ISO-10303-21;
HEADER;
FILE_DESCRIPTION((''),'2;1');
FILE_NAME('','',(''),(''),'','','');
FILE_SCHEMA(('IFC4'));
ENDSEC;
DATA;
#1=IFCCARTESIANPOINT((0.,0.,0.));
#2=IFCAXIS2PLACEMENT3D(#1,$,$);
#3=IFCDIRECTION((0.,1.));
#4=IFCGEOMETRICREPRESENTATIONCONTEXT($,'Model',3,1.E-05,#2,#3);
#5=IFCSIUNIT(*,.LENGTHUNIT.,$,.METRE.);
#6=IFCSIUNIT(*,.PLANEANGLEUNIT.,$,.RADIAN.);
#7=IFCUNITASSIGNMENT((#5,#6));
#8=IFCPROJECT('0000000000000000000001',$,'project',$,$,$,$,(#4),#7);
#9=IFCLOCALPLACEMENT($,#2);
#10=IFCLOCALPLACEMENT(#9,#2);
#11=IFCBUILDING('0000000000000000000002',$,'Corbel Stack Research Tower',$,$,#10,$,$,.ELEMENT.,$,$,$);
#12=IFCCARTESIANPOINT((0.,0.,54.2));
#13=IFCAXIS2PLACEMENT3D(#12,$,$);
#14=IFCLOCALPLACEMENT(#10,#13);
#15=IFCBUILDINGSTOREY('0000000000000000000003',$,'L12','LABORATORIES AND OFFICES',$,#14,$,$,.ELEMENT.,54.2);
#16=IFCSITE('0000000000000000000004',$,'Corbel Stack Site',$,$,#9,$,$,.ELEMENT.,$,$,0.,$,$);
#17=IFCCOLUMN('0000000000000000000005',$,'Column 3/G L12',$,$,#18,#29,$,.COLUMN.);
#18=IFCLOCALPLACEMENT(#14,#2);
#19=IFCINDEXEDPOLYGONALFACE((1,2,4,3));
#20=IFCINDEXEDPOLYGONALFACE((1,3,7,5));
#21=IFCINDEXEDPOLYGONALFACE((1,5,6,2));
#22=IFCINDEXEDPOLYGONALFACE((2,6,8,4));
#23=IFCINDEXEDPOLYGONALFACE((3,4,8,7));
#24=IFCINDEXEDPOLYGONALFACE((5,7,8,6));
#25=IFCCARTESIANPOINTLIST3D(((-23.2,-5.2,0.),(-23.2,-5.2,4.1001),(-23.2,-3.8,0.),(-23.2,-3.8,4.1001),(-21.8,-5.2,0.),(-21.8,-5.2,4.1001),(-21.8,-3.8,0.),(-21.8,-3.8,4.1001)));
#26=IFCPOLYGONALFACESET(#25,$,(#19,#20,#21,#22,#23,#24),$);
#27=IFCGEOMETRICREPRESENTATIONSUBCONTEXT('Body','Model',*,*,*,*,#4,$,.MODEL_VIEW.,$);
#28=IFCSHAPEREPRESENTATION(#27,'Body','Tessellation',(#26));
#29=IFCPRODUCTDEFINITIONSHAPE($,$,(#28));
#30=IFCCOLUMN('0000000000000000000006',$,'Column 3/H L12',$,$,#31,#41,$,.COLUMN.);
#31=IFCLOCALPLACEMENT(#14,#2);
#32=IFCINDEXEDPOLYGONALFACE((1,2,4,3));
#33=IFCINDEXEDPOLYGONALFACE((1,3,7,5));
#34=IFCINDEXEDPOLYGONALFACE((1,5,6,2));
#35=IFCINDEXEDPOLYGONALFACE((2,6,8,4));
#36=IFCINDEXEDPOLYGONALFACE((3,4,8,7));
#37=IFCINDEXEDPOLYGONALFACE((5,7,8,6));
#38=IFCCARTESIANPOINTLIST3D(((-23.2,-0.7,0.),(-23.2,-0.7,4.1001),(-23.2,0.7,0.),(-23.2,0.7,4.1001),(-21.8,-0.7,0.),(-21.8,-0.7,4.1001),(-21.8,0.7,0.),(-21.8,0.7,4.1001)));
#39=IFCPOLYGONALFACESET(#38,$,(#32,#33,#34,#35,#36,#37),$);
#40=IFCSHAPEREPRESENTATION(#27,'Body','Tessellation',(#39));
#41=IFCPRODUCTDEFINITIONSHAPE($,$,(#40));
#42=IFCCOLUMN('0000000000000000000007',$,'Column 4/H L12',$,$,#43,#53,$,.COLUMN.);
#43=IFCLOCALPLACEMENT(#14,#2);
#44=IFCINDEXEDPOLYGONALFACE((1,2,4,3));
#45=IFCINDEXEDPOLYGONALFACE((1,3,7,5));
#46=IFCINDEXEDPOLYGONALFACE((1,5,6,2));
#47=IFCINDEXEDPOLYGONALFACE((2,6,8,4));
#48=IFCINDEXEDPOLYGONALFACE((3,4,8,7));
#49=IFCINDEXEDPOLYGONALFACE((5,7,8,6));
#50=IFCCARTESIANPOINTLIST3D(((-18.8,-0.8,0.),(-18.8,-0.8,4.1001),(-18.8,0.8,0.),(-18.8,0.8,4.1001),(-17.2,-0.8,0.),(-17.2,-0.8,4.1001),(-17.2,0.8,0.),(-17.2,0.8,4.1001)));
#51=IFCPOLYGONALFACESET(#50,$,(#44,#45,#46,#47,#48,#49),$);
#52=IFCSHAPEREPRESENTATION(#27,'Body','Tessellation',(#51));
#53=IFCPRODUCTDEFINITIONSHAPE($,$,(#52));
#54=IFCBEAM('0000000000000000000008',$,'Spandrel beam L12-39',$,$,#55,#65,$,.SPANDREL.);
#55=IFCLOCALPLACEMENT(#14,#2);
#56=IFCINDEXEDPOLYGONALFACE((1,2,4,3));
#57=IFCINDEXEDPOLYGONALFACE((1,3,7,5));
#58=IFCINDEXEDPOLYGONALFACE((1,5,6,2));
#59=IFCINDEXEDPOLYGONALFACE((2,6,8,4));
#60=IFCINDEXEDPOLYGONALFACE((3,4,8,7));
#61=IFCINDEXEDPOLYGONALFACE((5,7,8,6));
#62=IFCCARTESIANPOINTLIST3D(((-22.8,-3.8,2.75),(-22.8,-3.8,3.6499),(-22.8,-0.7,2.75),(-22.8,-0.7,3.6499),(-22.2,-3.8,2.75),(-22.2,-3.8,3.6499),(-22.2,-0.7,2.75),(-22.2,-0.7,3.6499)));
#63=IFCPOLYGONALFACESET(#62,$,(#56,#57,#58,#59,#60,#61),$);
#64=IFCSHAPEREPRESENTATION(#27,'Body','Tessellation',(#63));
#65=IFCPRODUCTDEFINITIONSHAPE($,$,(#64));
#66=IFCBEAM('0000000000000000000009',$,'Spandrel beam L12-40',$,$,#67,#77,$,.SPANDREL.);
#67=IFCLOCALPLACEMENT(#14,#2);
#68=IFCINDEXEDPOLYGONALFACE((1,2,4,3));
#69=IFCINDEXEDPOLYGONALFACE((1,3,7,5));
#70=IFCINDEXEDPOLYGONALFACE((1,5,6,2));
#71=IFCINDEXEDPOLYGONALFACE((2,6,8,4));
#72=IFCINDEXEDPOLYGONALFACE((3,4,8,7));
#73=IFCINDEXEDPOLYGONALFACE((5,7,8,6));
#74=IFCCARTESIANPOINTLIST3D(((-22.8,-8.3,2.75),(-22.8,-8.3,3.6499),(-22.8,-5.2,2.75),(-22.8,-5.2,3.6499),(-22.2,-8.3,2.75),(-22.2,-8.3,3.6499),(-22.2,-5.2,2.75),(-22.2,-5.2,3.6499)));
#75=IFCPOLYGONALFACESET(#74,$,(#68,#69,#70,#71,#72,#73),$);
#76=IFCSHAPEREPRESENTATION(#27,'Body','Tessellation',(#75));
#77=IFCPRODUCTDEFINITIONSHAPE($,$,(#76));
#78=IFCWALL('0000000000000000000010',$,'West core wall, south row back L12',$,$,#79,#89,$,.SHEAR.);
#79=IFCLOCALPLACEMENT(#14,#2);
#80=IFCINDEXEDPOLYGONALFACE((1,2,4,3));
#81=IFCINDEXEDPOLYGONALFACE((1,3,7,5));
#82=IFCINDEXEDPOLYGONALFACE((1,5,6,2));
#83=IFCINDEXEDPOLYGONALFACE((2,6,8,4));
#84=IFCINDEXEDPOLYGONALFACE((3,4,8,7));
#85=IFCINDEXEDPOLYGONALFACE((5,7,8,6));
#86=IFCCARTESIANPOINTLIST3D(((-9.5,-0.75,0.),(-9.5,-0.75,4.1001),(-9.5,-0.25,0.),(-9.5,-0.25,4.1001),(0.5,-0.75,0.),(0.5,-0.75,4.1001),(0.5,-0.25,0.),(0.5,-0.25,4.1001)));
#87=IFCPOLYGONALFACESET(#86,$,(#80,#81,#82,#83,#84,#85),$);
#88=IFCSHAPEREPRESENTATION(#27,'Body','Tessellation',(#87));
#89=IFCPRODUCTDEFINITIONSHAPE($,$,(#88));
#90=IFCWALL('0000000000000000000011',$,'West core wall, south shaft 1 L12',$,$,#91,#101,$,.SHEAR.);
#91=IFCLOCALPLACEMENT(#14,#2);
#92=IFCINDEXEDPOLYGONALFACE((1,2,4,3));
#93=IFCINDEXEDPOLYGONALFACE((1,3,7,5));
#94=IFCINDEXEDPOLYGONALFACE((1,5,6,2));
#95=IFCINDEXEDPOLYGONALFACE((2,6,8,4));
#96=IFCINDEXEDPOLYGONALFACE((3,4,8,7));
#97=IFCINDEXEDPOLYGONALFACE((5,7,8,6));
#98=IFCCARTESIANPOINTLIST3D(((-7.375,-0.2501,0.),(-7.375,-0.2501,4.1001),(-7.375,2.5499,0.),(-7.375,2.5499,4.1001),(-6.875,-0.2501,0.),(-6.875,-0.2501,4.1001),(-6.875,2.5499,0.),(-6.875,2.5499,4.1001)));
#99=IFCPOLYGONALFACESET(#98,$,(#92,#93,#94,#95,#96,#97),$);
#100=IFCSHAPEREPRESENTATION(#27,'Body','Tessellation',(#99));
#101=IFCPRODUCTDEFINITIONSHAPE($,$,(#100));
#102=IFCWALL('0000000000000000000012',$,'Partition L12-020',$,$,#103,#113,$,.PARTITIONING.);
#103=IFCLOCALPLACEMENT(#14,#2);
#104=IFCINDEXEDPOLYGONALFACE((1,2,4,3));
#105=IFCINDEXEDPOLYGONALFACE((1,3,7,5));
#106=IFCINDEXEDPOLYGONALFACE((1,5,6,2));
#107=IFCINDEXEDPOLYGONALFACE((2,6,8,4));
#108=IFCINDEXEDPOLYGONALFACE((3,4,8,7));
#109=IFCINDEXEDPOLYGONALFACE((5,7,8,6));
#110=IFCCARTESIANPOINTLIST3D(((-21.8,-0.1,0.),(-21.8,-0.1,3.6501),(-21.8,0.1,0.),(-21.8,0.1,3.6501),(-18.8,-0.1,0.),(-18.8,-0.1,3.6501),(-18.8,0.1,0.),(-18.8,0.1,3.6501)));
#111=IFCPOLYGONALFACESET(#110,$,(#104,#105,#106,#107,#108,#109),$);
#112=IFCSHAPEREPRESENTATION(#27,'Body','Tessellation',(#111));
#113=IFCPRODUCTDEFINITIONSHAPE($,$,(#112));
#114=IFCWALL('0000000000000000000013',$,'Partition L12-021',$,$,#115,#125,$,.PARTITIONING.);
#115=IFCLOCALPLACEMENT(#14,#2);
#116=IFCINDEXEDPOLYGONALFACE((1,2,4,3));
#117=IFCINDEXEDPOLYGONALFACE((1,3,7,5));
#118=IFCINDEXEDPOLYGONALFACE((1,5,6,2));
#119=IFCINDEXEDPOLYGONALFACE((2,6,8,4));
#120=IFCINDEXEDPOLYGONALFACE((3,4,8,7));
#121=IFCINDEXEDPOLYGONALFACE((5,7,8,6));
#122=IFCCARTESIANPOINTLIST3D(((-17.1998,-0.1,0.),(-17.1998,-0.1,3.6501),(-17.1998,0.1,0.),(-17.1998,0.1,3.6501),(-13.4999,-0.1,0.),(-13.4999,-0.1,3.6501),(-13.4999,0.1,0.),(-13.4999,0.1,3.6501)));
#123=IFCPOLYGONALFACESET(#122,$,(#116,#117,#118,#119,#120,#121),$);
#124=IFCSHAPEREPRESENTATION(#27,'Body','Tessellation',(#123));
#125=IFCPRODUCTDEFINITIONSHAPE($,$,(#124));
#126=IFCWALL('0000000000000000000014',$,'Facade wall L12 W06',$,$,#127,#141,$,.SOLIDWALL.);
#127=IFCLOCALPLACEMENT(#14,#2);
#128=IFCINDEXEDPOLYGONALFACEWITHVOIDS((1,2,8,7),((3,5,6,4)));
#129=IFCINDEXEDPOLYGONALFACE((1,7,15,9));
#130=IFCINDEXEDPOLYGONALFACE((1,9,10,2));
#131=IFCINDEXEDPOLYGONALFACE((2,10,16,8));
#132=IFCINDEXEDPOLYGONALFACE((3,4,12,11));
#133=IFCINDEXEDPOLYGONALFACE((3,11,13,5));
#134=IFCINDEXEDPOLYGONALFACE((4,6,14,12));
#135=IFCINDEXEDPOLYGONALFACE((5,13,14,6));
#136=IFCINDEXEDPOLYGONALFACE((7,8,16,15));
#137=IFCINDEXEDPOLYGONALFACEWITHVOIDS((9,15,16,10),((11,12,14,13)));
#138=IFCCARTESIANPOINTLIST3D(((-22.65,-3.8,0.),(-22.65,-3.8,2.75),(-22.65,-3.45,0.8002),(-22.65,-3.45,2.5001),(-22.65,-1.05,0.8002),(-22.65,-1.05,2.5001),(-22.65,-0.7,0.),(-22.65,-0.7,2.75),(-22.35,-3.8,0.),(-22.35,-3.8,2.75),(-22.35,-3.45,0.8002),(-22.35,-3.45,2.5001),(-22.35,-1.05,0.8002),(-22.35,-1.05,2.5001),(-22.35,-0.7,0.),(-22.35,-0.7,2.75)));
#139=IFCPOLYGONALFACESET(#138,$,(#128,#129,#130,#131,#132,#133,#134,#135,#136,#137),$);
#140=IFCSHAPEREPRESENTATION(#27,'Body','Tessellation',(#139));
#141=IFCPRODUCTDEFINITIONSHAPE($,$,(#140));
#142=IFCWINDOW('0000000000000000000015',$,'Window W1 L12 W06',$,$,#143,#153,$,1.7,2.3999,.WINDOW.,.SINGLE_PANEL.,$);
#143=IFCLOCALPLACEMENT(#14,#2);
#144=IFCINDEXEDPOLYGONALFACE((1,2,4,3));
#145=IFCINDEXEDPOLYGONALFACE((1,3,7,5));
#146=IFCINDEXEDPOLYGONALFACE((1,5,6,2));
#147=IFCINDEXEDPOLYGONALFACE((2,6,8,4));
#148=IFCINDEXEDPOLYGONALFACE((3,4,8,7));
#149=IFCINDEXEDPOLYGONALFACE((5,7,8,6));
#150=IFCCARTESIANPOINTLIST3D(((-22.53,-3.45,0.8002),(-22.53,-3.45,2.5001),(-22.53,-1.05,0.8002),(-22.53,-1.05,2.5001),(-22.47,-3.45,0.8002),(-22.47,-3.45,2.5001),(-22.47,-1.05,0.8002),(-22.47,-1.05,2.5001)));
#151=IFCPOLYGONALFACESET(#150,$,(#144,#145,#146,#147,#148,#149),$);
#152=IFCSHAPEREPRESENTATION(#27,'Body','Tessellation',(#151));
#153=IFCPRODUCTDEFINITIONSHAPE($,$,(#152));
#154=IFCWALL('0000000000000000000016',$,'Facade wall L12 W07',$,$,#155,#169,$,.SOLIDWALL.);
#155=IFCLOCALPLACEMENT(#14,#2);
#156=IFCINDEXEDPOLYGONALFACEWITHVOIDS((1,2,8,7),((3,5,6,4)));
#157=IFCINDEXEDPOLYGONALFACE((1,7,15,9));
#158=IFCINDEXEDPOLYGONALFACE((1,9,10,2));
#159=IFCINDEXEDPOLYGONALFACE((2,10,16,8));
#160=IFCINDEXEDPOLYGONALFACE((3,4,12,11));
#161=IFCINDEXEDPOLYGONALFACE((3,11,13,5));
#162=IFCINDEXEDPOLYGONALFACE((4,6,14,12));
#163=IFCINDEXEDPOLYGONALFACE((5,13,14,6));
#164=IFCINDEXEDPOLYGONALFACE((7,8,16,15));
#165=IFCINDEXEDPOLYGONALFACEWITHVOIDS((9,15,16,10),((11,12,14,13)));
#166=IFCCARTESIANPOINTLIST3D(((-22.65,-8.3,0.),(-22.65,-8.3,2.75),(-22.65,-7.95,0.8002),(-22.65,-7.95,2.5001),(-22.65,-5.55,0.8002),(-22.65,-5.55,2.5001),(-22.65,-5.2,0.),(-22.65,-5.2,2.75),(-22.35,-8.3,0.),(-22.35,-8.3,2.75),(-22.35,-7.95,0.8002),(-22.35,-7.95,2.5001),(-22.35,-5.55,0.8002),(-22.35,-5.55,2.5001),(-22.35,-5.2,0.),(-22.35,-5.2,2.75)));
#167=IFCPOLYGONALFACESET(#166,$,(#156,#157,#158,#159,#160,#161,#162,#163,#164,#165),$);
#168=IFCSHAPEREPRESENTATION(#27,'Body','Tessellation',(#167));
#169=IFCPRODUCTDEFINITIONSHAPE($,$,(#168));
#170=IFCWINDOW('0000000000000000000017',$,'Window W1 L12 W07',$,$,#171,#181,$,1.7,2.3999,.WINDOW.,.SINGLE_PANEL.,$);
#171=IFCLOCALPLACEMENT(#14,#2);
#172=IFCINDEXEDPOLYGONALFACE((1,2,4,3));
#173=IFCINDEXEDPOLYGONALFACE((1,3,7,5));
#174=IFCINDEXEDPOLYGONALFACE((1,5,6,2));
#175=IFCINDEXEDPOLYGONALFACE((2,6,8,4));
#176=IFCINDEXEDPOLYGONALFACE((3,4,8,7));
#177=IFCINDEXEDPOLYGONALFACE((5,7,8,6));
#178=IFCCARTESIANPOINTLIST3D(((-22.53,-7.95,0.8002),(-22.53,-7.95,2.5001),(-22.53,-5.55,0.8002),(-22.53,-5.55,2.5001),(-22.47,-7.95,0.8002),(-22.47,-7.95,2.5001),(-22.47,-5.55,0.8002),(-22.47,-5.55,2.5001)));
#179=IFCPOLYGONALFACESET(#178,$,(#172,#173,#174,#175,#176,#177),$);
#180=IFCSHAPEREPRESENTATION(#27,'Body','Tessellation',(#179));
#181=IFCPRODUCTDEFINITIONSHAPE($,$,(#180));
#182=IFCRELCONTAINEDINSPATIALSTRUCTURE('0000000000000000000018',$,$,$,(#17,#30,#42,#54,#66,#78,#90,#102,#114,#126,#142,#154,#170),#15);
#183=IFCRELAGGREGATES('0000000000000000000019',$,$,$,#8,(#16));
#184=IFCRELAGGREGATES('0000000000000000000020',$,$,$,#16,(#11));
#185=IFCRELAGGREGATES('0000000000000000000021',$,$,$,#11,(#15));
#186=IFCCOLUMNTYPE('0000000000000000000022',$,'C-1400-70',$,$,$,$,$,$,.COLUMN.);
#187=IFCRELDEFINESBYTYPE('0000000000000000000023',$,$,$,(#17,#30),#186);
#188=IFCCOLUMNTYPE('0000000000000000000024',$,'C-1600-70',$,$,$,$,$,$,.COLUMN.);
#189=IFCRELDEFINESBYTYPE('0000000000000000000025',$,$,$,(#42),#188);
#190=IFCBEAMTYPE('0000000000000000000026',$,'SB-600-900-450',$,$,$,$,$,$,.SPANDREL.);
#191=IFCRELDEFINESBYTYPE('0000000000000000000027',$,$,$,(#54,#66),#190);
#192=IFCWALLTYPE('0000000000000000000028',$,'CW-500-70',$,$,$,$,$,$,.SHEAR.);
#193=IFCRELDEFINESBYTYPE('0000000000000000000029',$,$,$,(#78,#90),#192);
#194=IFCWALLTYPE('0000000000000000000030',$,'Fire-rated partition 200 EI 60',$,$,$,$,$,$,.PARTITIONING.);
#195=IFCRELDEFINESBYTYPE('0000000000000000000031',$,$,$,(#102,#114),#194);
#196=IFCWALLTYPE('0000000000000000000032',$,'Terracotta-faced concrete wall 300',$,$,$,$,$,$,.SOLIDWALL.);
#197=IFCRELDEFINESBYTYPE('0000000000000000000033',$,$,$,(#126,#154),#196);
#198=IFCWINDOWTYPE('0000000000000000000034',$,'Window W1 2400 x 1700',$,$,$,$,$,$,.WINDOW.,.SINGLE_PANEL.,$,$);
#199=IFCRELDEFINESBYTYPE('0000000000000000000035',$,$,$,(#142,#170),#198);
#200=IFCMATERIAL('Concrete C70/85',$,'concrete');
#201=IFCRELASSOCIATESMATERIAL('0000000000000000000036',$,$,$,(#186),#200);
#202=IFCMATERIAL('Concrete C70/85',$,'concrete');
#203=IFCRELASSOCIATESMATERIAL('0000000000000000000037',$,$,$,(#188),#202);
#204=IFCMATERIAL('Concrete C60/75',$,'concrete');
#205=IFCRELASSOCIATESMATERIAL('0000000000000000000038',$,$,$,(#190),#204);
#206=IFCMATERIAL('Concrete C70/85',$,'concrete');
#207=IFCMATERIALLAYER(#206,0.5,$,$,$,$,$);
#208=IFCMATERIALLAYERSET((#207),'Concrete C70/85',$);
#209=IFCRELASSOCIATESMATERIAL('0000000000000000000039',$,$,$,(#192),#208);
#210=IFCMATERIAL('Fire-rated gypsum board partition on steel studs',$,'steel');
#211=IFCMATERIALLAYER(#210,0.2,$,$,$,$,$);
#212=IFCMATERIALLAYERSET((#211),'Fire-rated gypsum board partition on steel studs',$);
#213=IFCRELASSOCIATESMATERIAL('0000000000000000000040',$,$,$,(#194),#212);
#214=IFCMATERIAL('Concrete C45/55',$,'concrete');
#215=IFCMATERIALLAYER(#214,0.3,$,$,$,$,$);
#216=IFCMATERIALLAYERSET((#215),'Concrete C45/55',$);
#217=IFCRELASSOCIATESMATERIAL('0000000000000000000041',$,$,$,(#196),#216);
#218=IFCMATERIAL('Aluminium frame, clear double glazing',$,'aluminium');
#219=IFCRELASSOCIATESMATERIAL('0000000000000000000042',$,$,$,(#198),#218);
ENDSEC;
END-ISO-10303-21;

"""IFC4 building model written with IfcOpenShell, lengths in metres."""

from ifc_helpers import new_model, si_unit, direction, frame, frame_2d, origin, origin_2d, place, context, subcontext, project, spatial, rectangle, extrude, material, layer, layer_set, material_profile, profile_set, type_object, element, fill, save


model = new_model("IFC4")

# Units and contexts
model_context = context("Model", 3, precision=1e-05, world=origin(), true_north=direction((0.0, 1.0)))
body_context = subcontext(model_context, "Body", "Model", "MODEL_VIEW")
ifc_project = project(units=[si_unit("LENGTHUNIT", "METRE"), si_unit("PLANEANGLEUNIT", "RADIAN")], contexts=[model_context])

# Site, building, storey
site_placement = place(None, origin())
site = spatial("IfcSite", under=ifc_project, at=site_placement, Name="Corbel Stack Site", CompositionType="ELEMENT", RefElevation=0.0)
building_placement = place(site_placement, origin())
building = spatial("IfcBuilding", under=site, at=building_placement, Name="Corbel Stack Research Tower", CompositionType="ELEMENT")
storey_placement = place(building_placement, frame((0.0, 0.0, 54.2)))
storey = spatial("IfcBuildingStorey", under=building, at=storey_placement, Name="L12", Description="LABORATORIES AND OFFICES", CompositionType="ELEMENT", Elevation=54.2)

# Columns
ifc_material_1 = material(Name="Concrete C70/85", Category="concrete")
ifc_material_profile_1 = material_profile(ifc_material_1, rectangle(XDim=1.3999, YDim=1.3999, at=origin_2d()), Name="RC 1400 x 1400")
ifc_profile_set_1 = profile_set([ifc_material_profile_1], Name="Concrete C70/85")
column_type_1 = type_object("IfcColumnType", Name="C-1400-70", PredefinedType="COLUMN", material=ifc_profile_set_1)
for number, where, z_axis, x_axis, name in (
    (1, (-22.5, -4.5, 0.0), (0.0, 0.0, 1.0), (1.0, 0.0, 0.0), "Column 3/G L12"),
    (2, (-22.5, 0.0, 0.0), (0.0, 0.0, 1.0), (1.0, 0.0, 0.0), "Column 3/H L12"),
):
    element("IfcColumn", number, at=place(storey_placement, frame(where, z_axis=z_axis, x_axis=x_axis)), inside=storey, type_object=column_type_1, Name=name, PredefinedType="COLUMN", context=body_context, shape_type="SweptSolid", body=[
        extrude(rectangle(XDim=1.3999, YDim=1.3999, at=origin_2d()), origin(), (0.0, 0.0, 1.0), 4.1001),
    ])
ifc_material_2 = material(Name="Concrete C70/85", Category="concrete")
ifc_material_profile_2 = material_profile(ifc_material_2, rectangle(XDim=1.6001, YDim=1.6001, at=origin_2d()), Name="RC 1600 x 1600")
ifc_profile_set_2 = profile_set([ifc_material_profile_2], Name="Concrete C70/85")
column_type_2 = type_object("IfcColumnType", Name="C-1600-70", PredefinedType="COLUMN", material=ifc_profile_set_2)
column_placement = place(storey_placement, frame((-18.0, 0.0, 0.0), z_axis=(0.0, 0.0, 1.0), x_axis=(1.0, 0.0, 0.0)))
element("IfcColumn", 3, at=column_placement, inside=storey, type_object=column_type_2, Name="Column 4/H L12", PredefinedType="COLUMN", context=body_context, shape_type="SweptSolid", body=[
    extrude(rectangle(XDim=1.6001, YDim=1.6001, at=origin_2d()), origin(), (0.0, 0.0, 1.0), 4.1001),
])

# Beams
ifc_material_3 = material(Name="Concrete C60/75", Category="concrete")
ifc_material_profile_3 = material_profile(ifc_material_3, rectangle(XDim=0.6001, YDim=0.8999, at=origin_2d()), Name="RC 600 x 900")
ifc_profile_set_3 = profile_set([ifc_material_profile_3], Name="Concrete C60/75")
beam_type = type_object("IfcBeamType", Name="SB-600-900-450", PredefinedType="SPANDREL", material=ifc_profile_set_3)
for number, where, z_axis, x_axis, name in (
    (4, (-22.5, -0.7, 3.2), (0.0, -1.0, 0.0), (1.0, 0.0, 0.0), "Spandrel beam L12-39"),
    (5, (-22.5, -5.2, 3.2), (0.0, -1.0, 0.0), (1.0, 0.0, 0.0), "Spandrel beam L12-40"),
):
    element("IfcBeam", number, at=place(storey_placement, frame(where, z_axis=z_axis, x_axis=x_axis)), inside=storey, type_object=beam_type, Name=name, PredefinedType="SPANDREL", context=body_context, shape_type="SweptSolid", body=[
        extrude(rectangle(XDim=0.6001, YDim=0.8999, at=origin_2d()), origin(), (0.0, 0.0, 1.0), 3.1001),
    ])

# Walls
ifc_material_4 = material(Name="Concrete C70/85", Category="concrete")
ifc_layer_1 = layer(ifc_material_4, 0.5)
ifc_layer_set_1 = layer_set([ifc_layer_1], Name="Concrete C70/85")
wall_type_1 = type_object("IfcWallType", Name="CW-500-70", PredefinedType="SHEAR", material=ifc_layer_set_1)
wall_1_placement = place(storey_placement, frame((-9.5, -0.5, 0.0), z_axis=(0.0, 0.0, 1.0), x_axis=(1.0, 0.0, 0.0)))
element("IfcWall", 6, at=wall_1_placement, inside=storey, type_object=wall_type_1, Name="West core wall, south row back L12", PredefinedType="SHEAR", context=body_context, shape_type="SweptSolid", body=[
    extrude(rectangle(XDim=10.0, YDim=0.5, at=frame_2d((5.0, 0.0))), origin(), (0.0, 0.0, 1.0), 4.1001),
])
wall_2_placement = place(storey_placement, frame((-7.125, -0.25, 0.0), z_axis=(0.0, 0.0, 1.0), x_axis=(0.0, 1.0, 0.0)))
element("IfcWall", 7, at=wall_2_placement, inside=storey, type_object=wall_type_1, Name="West core wall, south shaft 1 L12", PredefinedType="SHEAR", context=body_context, shape_type="SweptSolid", body=[
    extrude(rectangle(XDim=2.8, YDim=0.5, at=frame_2d((1.3999, 0.0))), origin(), (0.0, 0.0, 1.0), 4.1001),
])
ifc_material_5 = material(Name="Fire-rated gypsum board partition on steel studs", Category="steel")
ifc_layer_2 = layer(ifc_material_5, 0.2)
ifc_layer_set_2 = layer_set([ifc_layer_2], Name="Fire-rated gypsum board partition on steel studs")
wall_type_2 = type_object("IfcWallType", Name="Fire-rated partition 200 EI 60", PredefinedType="PARTITIONING", material=ifc_layer_set_2)
wall_3_placement = place(storey_placement, frame((-21.8, 0.0, 0.0), z_axis=(0.0, 0.0, 1.0), x_axis=(1.0, 0.0, 0.0)))
element("IfcWall", 8, at=wall_3_placement, inside=storey, type_object=wall_type_2, Name="Partition L12-020", PredefinedType="PARTITIONING", context=body_context, shape_type="SweptSolid", body=[
    extrude(rectangle(XDim=3.0, YDim=0.2, at=frame_2d((1.5, 0.0))), origin(), (0.0, 0.0, 1.0), 3.6501),
])
wall_4_placement = place(storey_placement, frame((-17.2, 0.0, 0.0), z_axis=(0.0, 0.0, 1.0), x_axis=(1.0, 0.0, 0.0)))
element("IfcWall", 9, at=wall_4_placement, inside=storey, type_object=wall_type_2, Name="Partition L12-021", PredefinedType="PARTITIONING", context=body_context, shape_type="SweptSolid", body=[
    extrude(rectangle(XDim=3.7, YDim=0.2, at=frame_2d((1.8501, 0.0))), origin(), (0.0, 0.0, 1.0), 3.6501),
])

# Walls, openings, windows
ifc_material_6 = material(Name="Concrete C45/55", Category="concrete")
ifc_layer_3 = layer(ifc_material_6, 0.3)
ifc_layer_set_3 = layer_set([ifc_layer_3], Name="Concrete C45/55")
wall_type_3 = type_object("IfcWallType", Name="Terracotta-faced concrete wall 300", PredefinedType="SOLIDWALL", material=ifc_layer_set_3)
wall_5_placement = place(storey_placement, frame((-22.5, -3.8, 0.0), z_axis=(0.0, 0.0, 1.0), x_axis=(0.0, 1.0, 0.0)))
wall_5 = element("IfcWall", 10, at=wall_5_placement, inside=storey, type_object=wall_type_3, Name="Facade wall L12 W06", PredefinedType="SOLIDWALL", context=body_context, shape_type="SweptSolid", body=[
    extrude(rectangle(XDim=3.1001, YDim=0.3, at=frame_2d((1.55, 0.0))), origin(), (0.0, 0.0, 1.0), 2.75),
])
opening_1_placement = place(wall_5_placement, frame((0.3501, 0.0, 0.8)))
opening_1 = element("IfcOpeningElement", 11, at=opening_1_placement, cuts=wall_5, PredefinedType="OPENING", context=body_context, shape_type="SweptSolid", body=[
    extrude(rectangle(XDim=2.3999, YDim=1.7, at=frame_2d((1.2, 0.8501))), frame((0.0, 0.1599, 0.0), z_axis=(0.0, -1.0, 0.0), x_axis=(1.0, 0.0, 0.0)), (0.0, 0.0, 1.0), 0.3201),
])
ifc_material_7 = material(Name="Aluminium frame, clear double glazing", Category="aluminium")
window_type = type_object("IfcWindowType", Name="Window W1 2400 x 1700", PartitioningType="SINGLE_PANEL", PredefinedType="WINDOW", material=ifc_material_7)
window_1_placement = place(opening_1_placement, origin())
window_1 = element("IfcWindow", 12, at=window_1_placement, inside=storey, type_object=window_type, Name="Window W1 L12 W06", OverallHeight=1.7, OverallWidth=2.3999, PartitioningType="SINGLE_PANEL", PredefinedType="WINDOW", context=body_context, shape_type="SweptSolid", body=[
    extrude(rectangle(XDim=2.3999, YDim=1.7, at=frame_2d((1.2, 0.8501))), frame((0.0, 0.03, 0.0), z_axis=(0.0, -1.0, 0.0), x_axis=(1.0, 0.0, 0.0)), (0.0, 0.0, 1.0), 0.0601),
])
fill(opening_1, window_1)
wall_6_placement = place(storey_placement, frame((-22.5, -8.3, 0.0), z_axis=(0.0, 0.0, 1.0), x_axis=(0.0, 1.0, 0.0)))
wall_6 = element("IfcWall", 13, at=wall_6_placement, inside=storey, type_object=wall_type_3, Name="Facade wall L12 W07", PredefinedType="SOLIDWALL", context=body_context, shape_type="SweptSolid", body=[
    extrude(rectangle(XDim=3.1001, YDim=0.3, at=frame_2d((1.55, 0.0))), origin(), (0.0, 0.0, 1.0), 2.75),
])
opening_2_placement = place(wall_6_placement, frame((0.3501, 0.0, 0.8)))
opening_2 = element("IfcOpeningElement", 14, at=opening_2_placement, cuts=wall_6, PredefinedType="OPENING", context=body_context, shape_type="SweptSolid", body=[
    extrude(rectangle(XDim=2.3999, YDim=1.7, at=frame_2d((1.2, 0.8501))), frame((0.0, 0.1599, 0.0), z_axis=(0.0, -1.0, 0.0), x_axis=(1.0, 0.0, 0.0)), (0.0, 0.0, 1.0), 0.3201),
])
window_2_placement = place(opening_2_placement, origin())
window_2 = element("IfcWindow", 15, at=window_2_placement, inside=storey, type_object=window_type, Name="Window W1 L12 W07", OverallHeight=1.7, OverallWidth=2.3999, PartitioningType="SINGLE_PANEL", PredefinedType="WINDOW", context=body_context, shape_type="SweptSolid", body=[
    extrude(rectangle(XDim=2.3999, YDim=1.7, at=frame_2d((1.2, 0.8501))), frame((0.0, 0.03, 0.0), z_axis=(0.0, -1.0, 0.0), x_axis=(1.0, 0.0, 0.0)), (0.0, 0.0, 1.0), 0.0601),
])
fill(opening_2, window_2)

save(model, "model.ifc")
